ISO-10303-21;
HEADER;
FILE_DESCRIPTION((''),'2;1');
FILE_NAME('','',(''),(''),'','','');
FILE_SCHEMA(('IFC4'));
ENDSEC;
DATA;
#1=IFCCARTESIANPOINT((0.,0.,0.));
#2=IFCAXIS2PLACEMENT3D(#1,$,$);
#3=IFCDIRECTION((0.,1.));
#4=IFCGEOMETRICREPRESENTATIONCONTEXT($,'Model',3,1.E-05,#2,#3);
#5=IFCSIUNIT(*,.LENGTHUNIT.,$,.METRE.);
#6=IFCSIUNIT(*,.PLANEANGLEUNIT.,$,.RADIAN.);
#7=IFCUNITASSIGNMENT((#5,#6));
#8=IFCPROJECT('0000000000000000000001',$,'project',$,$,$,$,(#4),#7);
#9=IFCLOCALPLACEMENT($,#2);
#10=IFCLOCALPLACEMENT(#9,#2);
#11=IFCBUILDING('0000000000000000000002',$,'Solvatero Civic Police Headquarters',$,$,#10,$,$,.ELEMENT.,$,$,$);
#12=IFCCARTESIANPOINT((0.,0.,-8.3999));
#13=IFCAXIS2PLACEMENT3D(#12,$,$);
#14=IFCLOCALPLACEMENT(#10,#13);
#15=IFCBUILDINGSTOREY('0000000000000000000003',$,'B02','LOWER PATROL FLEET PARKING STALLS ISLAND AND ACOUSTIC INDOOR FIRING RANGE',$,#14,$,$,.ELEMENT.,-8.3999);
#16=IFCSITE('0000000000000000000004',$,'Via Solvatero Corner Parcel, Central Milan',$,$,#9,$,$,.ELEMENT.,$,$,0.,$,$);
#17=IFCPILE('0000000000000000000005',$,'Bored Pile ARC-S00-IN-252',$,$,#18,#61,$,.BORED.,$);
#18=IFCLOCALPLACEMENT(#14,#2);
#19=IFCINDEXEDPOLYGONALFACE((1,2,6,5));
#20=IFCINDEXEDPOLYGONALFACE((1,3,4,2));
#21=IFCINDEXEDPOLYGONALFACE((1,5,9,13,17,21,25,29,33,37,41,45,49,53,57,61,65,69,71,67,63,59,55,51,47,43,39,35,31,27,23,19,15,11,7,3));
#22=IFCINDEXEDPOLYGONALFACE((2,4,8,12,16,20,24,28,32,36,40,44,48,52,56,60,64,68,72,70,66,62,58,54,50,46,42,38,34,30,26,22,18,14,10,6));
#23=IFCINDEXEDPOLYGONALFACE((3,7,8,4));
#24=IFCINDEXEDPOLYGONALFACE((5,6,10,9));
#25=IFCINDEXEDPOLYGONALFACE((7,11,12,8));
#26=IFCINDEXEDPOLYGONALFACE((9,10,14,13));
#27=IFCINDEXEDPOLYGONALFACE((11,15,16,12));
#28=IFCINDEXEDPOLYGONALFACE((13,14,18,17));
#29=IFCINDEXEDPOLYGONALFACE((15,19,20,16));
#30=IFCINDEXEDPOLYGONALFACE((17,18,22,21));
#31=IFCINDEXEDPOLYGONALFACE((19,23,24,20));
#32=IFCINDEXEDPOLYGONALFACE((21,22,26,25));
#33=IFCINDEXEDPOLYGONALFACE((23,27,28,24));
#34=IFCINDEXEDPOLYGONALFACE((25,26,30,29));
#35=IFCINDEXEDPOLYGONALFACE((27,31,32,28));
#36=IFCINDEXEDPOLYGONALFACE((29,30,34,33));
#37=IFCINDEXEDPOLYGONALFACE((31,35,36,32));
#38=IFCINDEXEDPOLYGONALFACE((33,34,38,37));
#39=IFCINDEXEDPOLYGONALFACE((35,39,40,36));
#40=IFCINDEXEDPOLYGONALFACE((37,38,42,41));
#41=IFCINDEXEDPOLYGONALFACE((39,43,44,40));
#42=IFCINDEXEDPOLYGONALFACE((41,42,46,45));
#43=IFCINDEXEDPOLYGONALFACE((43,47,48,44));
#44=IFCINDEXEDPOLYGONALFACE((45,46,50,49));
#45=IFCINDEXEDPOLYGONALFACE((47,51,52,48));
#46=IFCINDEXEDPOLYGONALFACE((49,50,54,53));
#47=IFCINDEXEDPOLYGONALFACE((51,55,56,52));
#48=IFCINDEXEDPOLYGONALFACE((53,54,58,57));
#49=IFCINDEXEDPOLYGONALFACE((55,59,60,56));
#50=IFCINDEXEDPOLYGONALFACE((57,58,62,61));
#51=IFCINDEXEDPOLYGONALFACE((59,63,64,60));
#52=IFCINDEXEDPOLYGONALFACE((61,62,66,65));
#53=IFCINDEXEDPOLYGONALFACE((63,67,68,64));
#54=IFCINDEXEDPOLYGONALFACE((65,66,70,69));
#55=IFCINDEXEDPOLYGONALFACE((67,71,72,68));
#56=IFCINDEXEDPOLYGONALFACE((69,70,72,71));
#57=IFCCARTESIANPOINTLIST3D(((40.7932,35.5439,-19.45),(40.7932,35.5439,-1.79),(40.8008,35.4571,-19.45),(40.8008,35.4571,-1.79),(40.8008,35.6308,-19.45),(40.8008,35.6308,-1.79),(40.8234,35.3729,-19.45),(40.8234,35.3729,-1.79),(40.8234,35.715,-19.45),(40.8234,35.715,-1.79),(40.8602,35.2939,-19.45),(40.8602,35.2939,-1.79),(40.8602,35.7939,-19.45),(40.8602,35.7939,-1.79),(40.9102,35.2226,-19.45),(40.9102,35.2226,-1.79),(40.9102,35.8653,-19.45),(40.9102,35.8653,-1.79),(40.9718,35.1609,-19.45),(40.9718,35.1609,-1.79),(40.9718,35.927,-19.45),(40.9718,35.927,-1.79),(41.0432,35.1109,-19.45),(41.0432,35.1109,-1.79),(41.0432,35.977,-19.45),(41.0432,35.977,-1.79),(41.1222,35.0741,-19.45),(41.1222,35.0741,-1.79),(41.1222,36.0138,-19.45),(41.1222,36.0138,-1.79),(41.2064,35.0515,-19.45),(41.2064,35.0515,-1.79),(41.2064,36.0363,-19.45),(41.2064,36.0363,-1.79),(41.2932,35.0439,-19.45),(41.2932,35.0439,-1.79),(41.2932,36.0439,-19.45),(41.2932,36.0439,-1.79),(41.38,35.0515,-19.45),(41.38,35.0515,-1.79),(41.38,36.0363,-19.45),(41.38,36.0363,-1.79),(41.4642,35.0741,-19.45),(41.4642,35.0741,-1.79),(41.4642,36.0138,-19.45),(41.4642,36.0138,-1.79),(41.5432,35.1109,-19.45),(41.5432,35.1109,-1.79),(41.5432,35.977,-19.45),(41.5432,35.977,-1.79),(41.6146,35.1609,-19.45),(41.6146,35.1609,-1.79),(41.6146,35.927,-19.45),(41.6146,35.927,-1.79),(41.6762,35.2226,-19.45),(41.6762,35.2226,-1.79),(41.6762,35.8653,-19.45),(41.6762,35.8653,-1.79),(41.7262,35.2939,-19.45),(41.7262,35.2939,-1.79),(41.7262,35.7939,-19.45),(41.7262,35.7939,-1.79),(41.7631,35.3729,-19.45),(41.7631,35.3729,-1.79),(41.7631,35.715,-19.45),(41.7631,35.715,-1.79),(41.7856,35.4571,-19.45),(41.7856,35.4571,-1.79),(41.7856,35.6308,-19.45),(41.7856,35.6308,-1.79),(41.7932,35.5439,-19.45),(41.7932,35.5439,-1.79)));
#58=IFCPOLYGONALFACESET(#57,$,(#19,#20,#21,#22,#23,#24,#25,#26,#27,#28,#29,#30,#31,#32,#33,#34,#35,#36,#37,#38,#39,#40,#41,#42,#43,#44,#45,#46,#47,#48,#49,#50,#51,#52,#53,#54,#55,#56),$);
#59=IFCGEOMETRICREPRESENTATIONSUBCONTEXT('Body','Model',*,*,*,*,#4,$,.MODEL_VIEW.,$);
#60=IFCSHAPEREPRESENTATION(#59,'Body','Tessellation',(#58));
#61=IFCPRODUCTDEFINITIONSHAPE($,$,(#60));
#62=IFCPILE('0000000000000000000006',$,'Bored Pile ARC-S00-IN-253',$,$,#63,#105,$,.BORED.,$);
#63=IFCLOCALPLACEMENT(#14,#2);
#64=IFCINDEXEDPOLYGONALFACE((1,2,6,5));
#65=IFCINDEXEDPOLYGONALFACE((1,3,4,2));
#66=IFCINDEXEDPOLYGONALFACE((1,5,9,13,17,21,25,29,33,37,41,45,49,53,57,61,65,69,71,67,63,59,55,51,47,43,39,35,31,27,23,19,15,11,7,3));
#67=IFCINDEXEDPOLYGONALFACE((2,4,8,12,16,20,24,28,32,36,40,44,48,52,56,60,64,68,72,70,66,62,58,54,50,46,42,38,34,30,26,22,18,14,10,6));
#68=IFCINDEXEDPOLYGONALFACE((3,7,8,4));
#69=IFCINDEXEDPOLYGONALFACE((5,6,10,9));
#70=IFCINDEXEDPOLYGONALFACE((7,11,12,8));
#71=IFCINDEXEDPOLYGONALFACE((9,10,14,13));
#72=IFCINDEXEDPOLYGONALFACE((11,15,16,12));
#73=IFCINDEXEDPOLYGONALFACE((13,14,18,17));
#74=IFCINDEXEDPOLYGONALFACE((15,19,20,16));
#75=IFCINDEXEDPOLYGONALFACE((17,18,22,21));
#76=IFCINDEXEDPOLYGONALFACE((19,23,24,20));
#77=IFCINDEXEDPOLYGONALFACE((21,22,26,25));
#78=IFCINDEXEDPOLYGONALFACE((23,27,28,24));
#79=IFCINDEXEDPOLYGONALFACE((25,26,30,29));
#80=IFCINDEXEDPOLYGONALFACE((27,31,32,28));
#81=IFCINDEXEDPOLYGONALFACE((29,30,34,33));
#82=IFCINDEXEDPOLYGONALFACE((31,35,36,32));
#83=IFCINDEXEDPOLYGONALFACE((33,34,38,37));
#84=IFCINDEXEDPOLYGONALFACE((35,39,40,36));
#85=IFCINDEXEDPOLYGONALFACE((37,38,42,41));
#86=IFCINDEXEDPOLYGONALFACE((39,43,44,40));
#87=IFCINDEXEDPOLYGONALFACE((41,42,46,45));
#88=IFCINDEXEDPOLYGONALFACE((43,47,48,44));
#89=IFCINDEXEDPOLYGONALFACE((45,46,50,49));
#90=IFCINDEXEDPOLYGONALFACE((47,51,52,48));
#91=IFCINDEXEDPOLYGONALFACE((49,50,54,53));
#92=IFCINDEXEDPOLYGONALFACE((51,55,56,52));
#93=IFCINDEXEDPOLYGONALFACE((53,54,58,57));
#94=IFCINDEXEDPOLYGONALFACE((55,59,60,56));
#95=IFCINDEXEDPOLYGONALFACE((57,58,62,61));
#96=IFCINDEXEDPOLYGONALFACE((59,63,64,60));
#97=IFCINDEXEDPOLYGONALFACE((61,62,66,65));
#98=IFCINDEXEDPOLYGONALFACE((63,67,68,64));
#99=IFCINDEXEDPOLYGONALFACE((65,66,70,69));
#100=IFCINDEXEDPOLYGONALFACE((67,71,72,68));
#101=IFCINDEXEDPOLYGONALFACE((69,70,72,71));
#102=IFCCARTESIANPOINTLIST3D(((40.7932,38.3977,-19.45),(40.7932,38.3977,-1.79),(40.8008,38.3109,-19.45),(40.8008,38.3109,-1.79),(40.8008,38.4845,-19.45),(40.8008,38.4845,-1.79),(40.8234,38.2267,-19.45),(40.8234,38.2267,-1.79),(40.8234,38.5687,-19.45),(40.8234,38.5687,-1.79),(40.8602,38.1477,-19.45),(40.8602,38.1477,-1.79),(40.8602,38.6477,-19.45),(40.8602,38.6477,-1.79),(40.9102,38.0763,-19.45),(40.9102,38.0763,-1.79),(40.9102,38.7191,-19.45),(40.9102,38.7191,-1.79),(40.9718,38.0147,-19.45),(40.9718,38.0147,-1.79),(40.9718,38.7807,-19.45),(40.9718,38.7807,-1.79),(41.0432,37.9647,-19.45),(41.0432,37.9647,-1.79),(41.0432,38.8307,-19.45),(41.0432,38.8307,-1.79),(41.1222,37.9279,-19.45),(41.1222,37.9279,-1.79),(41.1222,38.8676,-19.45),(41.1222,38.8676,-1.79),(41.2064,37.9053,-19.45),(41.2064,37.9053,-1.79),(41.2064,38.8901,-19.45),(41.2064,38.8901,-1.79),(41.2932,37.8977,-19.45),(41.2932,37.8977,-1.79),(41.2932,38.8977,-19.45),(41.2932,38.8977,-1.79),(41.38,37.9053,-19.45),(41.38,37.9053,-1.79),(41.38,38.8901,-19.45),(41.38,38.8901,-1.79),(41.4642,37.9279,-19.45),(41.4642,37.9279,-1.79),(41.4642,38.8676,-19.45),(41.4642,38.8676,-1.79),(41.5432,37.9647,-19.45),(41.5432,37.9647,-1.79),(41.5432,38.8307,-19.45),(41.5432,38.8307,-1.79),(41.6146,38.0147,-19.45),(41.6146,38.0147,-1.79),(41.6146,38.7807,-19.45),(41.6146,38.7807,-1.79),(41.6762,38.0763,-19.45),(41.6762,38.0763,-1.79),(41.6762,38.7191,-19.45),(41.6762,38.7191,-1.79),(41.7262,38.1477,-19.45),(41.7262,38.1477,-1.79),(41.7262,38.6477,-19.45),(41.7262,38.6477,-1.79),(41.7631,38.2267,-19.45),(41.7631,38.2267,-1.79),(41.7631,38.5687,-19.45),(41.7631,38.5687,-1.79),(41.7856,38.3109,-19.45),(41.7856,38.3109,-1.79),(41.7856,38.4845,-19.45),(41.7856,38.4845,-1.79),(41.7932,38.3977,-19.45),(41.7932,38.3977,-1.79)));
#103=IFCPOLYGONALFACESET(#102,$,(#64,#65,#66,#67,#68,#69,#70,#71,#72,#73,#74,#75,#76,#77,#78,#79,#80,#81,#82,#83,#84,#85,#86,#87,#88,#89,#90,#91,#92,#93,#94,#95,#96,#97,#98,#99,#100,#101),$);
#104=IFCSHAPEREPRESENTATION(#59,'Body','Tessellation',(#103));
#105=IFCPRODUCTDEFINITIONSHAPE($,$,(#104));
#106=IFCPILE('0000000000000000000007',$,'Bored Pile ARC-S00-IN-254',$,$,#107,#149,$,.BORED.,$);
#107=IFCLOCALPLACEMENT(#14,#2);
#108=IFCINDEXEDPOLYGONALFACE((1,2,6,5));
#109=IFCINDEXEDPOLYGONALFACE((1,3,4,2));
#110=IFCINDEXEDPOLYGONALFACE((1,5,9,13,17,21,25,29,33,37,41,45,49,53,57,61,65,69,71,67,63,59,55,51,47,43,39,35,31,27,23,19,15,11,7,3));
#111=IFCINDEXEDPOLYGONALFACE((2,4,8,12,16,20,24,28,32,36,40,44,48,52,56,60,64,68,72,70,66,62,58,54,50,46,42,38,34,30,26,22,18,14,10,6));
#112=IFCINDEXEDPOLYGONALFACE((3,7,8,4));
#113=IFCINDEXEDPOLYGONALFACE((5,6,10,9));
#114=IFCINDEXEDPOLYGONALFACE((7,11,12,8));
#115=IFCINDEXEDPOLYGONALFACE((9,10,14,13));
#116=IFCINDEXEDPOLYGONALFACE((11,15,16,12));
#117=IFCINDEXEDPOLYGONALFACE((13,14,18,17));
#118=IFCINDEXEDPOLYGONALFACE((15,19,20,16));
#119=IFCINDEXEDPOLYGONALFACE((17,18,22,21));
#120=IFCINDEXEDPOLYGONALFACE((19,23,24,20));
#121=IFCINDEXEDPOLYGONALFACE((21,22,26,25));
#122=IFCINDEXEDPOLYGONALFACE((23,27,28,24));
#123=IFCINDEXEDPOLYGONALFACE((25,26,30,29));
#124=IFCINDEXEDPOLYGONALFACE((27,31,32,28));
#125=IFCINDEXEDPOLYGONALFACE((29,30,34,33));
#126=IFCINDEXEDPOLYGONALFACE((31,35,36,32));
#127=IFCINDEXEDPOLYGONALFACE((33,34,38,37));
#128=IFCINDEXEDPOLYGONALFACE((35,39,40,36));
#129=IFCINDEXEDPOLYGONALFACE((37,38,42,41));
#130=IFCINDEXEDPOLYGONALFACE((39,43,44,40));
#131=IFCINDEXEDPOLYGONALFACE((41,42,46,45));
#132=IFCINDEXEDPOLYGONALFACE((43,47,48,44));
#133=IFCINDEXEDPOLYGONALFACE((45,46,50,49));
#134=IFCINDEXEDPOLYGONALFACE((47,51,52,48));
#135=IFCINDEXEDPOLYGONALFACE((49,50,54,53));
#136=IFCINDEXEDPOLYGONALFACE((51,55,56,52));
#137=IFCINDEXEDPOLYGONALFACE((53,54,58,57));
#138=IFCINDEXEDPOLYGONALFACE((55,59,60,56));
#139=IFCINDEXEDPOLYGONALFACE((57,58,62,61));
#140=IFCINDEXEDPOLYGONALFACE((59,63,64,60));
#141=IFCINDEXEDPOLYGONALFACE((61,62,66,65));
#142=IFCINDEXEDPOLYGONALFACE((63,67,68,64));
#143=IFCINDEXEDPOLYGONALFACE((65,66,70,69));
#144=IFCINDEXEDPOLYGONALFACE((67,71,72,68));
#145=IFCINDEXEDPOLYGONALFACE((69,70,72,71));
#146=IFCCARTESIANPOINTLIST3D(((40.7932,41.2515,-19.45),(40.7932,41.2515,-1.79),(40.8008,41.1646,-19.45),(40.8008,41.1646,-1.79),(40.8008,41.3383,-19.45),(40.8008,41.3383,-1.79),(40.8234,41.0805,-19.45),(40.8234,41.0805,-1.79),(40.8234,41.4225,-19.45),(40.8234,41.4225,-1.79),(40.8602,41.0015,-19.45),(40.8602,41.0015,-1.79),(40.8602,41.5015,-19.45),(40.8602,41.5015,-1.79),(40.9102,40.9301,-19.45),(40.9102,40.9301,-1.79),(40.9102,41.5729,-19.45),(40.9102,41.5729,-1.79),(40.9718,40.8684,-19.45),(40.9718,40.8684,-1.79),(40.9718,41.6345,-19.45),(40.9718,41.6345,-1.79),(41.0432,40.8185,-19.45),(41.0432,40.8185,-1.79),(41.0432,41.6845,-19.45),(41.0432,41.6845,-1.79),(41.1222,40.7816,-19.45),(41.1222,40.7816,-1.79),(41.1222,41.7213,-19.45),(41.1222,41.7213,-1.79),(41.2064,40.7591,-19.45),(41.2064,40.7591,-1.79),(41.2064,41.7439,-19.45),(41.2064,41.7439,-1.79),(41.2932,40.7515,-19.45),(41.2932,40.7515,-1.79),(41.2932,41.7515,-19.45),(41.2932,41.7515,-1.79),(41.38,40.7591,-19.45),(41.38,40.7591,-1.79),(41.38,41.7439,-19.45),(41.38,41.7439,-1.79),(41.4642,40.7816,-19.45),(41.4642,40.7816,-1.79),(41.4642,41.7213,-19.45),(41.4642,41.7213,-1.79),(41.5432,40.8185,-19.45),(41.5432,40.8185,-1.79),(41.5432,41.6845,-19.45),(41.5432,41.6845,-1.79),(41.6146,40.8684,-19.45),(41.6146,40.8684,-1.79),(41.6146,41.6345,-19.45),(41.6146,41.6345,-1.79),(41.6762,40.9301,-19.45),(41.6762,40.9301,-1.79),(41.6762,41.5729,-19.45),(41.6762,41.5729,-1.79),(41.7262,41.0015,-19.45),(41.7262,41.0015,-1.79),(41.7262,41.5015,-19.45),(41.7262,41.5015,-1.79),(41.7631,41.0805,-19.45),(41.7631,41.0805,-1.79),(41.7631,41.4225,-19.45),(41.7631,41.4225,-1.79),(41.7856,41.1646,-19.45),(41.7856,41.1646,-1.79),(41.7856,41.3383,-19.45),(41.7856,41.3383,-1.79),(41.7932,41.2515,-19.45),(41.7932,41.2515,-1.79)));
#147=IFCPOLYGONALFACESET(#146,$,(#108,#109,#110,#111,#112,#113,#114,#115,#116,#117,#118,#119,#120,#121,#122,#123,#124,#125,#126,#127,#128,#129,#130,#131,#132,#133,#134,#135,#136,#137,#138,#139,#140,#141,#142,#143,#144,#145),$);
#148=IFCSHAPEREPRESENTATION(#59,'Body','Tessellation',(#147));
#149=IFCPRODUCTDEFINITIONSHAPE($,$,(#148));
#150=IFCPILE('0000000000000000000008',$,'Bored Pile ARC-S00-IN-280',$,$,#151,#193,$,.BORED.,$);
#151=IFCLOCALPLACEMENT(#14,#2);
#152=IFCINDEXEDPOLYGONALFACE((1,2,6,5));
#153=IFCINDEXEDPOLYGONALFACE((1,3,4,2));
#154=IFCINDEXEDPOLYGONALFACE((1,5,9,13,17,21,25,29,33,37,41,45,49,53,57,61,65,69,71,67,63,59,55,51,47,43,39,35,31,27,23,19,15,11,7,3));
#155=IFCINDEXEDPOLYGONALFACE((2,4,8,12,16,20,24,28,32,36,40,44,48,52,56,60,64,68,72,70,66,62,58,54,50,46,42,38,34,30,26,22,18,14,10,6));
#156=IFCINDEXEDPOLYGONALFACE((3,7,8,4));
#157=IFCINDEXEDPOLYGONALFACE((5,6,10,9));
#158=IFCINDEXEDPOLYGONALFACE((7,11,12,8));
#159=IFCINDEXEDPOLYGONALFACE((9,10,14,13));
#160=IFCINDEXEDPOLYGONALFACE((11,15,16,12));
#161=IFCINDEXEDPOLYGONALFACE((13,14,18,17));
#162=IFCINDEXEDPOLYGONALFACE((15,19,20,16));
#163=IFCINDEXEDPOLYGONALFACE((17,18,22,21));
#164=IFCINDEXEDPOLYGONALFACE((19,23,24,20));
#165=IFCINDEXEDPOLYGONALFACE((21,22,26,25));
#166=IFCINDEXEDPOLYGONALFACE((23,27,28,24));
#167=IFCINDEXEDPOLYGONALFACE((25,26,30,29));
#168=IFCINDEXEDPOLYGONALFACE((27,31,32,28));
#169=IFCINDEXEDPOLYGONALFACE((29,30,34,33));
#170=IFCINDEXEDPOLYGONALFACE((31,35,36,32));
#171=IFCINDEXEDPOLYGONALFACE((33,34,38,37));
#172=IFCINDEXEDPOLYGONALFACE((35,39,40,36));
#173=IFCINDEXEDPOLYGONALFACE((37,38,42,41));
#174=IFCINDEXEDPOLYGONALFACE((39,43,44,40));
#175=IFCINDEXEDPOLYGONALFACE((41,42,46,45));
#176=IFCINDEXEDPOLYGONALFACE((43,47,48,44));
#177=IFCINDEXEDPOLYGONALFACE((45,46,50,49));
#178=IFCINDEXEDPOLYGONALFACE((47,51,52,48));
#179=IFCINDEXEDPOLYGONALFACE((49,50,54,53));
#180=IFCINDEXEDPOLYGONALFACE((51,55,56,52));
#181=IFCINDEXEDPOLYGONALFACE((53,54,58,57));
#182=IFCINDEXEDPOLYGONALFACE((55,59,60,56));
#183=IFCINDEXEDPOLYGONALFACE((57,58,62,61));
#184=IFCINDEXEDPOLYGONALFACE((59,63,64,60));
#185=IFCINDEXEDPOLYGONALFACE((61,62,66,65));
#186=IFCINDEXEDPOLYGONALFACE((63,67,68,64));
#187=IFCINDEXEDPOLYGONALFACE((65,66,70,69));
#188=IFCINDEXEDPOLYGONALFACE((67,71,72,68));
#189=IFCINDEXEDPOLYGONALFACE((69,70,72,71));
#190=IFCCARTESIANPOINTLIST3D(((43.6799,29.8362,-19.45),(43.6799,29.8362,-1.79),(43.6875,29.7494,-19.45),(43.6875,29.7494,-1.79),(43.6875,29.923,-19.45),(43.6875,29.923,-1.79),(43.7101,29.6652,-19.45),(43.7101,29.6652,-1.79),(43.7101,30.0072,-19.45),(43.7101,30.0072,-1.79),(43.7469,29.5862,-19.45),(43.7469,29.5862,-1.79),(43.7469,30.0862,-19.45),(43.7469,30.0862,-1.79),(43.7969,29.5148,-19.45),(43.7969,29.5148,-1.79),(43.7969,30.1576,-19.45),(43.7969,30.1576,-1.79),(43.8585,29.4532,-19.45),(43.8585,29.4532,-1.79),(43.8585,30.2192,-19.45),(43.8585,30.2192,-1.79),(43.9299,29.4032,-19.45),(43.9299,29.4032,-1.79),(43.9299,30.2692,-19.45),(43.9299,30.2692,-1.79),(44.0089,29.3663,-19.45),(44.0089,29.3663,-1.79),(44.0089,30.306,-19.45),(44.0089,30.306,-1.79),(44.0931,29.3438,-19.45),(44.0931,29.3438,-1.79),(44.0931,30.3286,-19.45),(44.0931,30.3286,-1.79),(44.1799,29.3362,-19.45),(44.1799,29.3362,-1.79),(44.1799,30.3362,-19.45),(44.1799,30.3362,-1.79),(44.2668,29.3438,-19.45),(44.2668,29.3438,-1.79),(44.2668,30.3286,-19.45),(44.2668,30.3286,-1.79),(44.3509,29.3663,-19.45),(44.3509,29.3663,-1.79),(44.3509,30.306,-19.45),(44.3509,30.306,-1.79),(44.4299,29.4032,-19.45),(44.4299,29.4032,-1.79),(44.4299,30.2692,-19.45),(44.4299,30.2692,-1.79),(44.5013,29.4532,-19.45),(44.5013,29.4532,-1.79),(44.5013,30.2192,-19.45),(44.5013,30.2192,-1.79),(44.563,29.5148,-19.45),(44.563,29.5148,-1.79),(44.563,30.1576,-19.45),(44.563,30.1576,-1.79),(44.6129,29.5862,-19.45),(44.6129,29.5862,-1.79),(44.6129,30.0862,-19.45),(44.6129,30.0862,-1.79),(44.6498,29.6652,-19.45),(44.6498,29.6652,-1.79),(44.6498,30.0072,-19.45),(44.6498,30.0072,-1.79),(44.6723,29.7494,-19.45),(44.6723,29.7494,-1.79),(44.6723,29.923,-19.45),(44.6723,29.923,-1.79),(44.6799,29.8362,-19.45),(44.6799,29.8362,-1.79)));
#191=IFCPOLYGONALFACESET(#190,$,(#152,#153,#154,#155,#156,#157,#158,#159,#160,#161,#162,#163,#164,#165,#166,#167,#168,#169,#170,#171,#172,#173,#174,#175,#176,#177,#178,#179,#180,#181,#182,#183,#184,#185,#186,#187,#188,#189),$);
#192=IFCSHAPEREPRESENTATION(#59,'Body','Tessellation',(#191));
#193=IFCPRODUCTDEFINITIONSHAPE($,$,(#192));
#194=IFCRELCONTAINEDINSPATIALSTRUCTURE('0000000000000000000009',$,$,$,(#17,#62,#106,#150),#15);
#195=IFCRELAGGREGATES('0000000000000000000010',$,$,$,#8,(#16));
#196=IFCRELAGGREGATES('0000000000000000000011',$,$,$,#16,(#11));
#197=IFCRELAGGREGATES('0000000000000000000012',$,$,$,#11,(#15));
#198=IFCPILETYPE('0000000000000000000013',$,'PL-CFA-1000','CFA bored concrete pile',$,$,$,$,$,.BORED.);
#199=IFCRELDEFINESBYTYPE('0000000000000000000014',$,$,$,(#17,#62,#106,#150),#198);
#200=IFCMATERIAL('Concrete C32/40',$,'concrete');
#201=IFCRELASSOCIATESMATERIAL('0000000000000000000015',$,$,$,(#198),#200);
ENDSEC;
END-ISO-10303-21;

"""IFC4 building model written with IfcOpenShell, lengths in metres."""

from ifc_helpers import new_model, si_unit, direction, frame, origin, origin_2d, place, context, subcontext, project, spatial, circle, extrude, material, material_profile, profile_set, type_object, element, save


model = new_model("IFC4")

# Units and contexts
model_context = context("Model", 3, precision=1e-05, world=origin(), true_north=direction((0.0, 1.0)))
body_context = subcontext(model_context, "Body", "Model", "MODEL_VIEW")
ifc_project = project(units=[si_unit("LENGTHUNIT", "METRE"), si_unit("PLANEANGLEUNIT", "RADIAN")], contexts=[model_context])

# Site, building, storey
site_placement = place(None, origin())
site = spatial("IfcSite", under=ifc_project, at=site_placement, Name="Via Solvatero Corner Parcel, Central Milan", CompositionType="ELEMENT", RefElevation=0.0)
building_placement = place(site_placement, origin())
building = spatial("IfcBuilding", under=site, at=building_placement, Name="Solvatero Civic Police Headquarters", CompositionType="ELEMENT")
storey_placement = place(building_placement, frame((0.0, 0.0, -8.3999)))
storey = spatial("IfcBuildingStorey", under=building, at=storey_placement, Name="B02", Description="LOWER PATROL FLEET PARKING STALLS ISLAND AND ACOUSTIC INDOOR FIRING RANGE", CompositionType="ELEMENT", Elevation=-8.3999)

# Piles
ifc_material_1 = material(Name="Concrete C32/40", Category="concrete")
ifc_material_profile_1 = material_profile(ifc_material_1, circle(Radius=0.5, at=origin_2d()), Name="CFA PILE D1000")
ifc_profile_set_1 = profile_set([ifc_material_profile_1], Name="Concrete C32/40")
pile_type = type_object("IfcPileType", Name="PL-CFA-1000", Description="CFA bored concrete pile", PredefinedType="BORED", material=ifc_profile_set_1)
for number, where, z_axis, x_axis, name in (
    (1, (41.2932, 35.5439, -1.79), (0.0, 0.0, -1.0), (1.0, 0.0, 0.0), "Bored Pile ARC-S00-IN-252"),
    (2, (41.2932, 38.3977, -1.79), (0.0, 0.0, -1.0), (1.0, 0.0, 0.0), "Bored Pile ARC-S00-IN-253"),
    (3, (41.2932, 41.2515, -1.79), (0.0, 0.0, -1.0), (1.0, 0.0, 0.0), "Bored Pile ARC-S00-IN-254"),
    (4, (44.1799, 29.8362, -1.79), (0.0, 0.0, -1.0), (1.0, 0.0, 0.0), "Bored Pile ARC-S00-IN-280"),
):
    element("IfcPile", number, at=place(storey_placement, frame(where, z_axis=z_axis, x_axis=x_axis)), inside=storey, type_object=pile_type, Name=name, PredefinedType="BORED", context=body_context, shape_type="SweptSolid", body=[
        extrude(circle(Radius=0.5, at=origin_2d()), origin(), (0.0, 0.0, 1.0), 17.6599),
    ])

save(model, "model.ifc")
